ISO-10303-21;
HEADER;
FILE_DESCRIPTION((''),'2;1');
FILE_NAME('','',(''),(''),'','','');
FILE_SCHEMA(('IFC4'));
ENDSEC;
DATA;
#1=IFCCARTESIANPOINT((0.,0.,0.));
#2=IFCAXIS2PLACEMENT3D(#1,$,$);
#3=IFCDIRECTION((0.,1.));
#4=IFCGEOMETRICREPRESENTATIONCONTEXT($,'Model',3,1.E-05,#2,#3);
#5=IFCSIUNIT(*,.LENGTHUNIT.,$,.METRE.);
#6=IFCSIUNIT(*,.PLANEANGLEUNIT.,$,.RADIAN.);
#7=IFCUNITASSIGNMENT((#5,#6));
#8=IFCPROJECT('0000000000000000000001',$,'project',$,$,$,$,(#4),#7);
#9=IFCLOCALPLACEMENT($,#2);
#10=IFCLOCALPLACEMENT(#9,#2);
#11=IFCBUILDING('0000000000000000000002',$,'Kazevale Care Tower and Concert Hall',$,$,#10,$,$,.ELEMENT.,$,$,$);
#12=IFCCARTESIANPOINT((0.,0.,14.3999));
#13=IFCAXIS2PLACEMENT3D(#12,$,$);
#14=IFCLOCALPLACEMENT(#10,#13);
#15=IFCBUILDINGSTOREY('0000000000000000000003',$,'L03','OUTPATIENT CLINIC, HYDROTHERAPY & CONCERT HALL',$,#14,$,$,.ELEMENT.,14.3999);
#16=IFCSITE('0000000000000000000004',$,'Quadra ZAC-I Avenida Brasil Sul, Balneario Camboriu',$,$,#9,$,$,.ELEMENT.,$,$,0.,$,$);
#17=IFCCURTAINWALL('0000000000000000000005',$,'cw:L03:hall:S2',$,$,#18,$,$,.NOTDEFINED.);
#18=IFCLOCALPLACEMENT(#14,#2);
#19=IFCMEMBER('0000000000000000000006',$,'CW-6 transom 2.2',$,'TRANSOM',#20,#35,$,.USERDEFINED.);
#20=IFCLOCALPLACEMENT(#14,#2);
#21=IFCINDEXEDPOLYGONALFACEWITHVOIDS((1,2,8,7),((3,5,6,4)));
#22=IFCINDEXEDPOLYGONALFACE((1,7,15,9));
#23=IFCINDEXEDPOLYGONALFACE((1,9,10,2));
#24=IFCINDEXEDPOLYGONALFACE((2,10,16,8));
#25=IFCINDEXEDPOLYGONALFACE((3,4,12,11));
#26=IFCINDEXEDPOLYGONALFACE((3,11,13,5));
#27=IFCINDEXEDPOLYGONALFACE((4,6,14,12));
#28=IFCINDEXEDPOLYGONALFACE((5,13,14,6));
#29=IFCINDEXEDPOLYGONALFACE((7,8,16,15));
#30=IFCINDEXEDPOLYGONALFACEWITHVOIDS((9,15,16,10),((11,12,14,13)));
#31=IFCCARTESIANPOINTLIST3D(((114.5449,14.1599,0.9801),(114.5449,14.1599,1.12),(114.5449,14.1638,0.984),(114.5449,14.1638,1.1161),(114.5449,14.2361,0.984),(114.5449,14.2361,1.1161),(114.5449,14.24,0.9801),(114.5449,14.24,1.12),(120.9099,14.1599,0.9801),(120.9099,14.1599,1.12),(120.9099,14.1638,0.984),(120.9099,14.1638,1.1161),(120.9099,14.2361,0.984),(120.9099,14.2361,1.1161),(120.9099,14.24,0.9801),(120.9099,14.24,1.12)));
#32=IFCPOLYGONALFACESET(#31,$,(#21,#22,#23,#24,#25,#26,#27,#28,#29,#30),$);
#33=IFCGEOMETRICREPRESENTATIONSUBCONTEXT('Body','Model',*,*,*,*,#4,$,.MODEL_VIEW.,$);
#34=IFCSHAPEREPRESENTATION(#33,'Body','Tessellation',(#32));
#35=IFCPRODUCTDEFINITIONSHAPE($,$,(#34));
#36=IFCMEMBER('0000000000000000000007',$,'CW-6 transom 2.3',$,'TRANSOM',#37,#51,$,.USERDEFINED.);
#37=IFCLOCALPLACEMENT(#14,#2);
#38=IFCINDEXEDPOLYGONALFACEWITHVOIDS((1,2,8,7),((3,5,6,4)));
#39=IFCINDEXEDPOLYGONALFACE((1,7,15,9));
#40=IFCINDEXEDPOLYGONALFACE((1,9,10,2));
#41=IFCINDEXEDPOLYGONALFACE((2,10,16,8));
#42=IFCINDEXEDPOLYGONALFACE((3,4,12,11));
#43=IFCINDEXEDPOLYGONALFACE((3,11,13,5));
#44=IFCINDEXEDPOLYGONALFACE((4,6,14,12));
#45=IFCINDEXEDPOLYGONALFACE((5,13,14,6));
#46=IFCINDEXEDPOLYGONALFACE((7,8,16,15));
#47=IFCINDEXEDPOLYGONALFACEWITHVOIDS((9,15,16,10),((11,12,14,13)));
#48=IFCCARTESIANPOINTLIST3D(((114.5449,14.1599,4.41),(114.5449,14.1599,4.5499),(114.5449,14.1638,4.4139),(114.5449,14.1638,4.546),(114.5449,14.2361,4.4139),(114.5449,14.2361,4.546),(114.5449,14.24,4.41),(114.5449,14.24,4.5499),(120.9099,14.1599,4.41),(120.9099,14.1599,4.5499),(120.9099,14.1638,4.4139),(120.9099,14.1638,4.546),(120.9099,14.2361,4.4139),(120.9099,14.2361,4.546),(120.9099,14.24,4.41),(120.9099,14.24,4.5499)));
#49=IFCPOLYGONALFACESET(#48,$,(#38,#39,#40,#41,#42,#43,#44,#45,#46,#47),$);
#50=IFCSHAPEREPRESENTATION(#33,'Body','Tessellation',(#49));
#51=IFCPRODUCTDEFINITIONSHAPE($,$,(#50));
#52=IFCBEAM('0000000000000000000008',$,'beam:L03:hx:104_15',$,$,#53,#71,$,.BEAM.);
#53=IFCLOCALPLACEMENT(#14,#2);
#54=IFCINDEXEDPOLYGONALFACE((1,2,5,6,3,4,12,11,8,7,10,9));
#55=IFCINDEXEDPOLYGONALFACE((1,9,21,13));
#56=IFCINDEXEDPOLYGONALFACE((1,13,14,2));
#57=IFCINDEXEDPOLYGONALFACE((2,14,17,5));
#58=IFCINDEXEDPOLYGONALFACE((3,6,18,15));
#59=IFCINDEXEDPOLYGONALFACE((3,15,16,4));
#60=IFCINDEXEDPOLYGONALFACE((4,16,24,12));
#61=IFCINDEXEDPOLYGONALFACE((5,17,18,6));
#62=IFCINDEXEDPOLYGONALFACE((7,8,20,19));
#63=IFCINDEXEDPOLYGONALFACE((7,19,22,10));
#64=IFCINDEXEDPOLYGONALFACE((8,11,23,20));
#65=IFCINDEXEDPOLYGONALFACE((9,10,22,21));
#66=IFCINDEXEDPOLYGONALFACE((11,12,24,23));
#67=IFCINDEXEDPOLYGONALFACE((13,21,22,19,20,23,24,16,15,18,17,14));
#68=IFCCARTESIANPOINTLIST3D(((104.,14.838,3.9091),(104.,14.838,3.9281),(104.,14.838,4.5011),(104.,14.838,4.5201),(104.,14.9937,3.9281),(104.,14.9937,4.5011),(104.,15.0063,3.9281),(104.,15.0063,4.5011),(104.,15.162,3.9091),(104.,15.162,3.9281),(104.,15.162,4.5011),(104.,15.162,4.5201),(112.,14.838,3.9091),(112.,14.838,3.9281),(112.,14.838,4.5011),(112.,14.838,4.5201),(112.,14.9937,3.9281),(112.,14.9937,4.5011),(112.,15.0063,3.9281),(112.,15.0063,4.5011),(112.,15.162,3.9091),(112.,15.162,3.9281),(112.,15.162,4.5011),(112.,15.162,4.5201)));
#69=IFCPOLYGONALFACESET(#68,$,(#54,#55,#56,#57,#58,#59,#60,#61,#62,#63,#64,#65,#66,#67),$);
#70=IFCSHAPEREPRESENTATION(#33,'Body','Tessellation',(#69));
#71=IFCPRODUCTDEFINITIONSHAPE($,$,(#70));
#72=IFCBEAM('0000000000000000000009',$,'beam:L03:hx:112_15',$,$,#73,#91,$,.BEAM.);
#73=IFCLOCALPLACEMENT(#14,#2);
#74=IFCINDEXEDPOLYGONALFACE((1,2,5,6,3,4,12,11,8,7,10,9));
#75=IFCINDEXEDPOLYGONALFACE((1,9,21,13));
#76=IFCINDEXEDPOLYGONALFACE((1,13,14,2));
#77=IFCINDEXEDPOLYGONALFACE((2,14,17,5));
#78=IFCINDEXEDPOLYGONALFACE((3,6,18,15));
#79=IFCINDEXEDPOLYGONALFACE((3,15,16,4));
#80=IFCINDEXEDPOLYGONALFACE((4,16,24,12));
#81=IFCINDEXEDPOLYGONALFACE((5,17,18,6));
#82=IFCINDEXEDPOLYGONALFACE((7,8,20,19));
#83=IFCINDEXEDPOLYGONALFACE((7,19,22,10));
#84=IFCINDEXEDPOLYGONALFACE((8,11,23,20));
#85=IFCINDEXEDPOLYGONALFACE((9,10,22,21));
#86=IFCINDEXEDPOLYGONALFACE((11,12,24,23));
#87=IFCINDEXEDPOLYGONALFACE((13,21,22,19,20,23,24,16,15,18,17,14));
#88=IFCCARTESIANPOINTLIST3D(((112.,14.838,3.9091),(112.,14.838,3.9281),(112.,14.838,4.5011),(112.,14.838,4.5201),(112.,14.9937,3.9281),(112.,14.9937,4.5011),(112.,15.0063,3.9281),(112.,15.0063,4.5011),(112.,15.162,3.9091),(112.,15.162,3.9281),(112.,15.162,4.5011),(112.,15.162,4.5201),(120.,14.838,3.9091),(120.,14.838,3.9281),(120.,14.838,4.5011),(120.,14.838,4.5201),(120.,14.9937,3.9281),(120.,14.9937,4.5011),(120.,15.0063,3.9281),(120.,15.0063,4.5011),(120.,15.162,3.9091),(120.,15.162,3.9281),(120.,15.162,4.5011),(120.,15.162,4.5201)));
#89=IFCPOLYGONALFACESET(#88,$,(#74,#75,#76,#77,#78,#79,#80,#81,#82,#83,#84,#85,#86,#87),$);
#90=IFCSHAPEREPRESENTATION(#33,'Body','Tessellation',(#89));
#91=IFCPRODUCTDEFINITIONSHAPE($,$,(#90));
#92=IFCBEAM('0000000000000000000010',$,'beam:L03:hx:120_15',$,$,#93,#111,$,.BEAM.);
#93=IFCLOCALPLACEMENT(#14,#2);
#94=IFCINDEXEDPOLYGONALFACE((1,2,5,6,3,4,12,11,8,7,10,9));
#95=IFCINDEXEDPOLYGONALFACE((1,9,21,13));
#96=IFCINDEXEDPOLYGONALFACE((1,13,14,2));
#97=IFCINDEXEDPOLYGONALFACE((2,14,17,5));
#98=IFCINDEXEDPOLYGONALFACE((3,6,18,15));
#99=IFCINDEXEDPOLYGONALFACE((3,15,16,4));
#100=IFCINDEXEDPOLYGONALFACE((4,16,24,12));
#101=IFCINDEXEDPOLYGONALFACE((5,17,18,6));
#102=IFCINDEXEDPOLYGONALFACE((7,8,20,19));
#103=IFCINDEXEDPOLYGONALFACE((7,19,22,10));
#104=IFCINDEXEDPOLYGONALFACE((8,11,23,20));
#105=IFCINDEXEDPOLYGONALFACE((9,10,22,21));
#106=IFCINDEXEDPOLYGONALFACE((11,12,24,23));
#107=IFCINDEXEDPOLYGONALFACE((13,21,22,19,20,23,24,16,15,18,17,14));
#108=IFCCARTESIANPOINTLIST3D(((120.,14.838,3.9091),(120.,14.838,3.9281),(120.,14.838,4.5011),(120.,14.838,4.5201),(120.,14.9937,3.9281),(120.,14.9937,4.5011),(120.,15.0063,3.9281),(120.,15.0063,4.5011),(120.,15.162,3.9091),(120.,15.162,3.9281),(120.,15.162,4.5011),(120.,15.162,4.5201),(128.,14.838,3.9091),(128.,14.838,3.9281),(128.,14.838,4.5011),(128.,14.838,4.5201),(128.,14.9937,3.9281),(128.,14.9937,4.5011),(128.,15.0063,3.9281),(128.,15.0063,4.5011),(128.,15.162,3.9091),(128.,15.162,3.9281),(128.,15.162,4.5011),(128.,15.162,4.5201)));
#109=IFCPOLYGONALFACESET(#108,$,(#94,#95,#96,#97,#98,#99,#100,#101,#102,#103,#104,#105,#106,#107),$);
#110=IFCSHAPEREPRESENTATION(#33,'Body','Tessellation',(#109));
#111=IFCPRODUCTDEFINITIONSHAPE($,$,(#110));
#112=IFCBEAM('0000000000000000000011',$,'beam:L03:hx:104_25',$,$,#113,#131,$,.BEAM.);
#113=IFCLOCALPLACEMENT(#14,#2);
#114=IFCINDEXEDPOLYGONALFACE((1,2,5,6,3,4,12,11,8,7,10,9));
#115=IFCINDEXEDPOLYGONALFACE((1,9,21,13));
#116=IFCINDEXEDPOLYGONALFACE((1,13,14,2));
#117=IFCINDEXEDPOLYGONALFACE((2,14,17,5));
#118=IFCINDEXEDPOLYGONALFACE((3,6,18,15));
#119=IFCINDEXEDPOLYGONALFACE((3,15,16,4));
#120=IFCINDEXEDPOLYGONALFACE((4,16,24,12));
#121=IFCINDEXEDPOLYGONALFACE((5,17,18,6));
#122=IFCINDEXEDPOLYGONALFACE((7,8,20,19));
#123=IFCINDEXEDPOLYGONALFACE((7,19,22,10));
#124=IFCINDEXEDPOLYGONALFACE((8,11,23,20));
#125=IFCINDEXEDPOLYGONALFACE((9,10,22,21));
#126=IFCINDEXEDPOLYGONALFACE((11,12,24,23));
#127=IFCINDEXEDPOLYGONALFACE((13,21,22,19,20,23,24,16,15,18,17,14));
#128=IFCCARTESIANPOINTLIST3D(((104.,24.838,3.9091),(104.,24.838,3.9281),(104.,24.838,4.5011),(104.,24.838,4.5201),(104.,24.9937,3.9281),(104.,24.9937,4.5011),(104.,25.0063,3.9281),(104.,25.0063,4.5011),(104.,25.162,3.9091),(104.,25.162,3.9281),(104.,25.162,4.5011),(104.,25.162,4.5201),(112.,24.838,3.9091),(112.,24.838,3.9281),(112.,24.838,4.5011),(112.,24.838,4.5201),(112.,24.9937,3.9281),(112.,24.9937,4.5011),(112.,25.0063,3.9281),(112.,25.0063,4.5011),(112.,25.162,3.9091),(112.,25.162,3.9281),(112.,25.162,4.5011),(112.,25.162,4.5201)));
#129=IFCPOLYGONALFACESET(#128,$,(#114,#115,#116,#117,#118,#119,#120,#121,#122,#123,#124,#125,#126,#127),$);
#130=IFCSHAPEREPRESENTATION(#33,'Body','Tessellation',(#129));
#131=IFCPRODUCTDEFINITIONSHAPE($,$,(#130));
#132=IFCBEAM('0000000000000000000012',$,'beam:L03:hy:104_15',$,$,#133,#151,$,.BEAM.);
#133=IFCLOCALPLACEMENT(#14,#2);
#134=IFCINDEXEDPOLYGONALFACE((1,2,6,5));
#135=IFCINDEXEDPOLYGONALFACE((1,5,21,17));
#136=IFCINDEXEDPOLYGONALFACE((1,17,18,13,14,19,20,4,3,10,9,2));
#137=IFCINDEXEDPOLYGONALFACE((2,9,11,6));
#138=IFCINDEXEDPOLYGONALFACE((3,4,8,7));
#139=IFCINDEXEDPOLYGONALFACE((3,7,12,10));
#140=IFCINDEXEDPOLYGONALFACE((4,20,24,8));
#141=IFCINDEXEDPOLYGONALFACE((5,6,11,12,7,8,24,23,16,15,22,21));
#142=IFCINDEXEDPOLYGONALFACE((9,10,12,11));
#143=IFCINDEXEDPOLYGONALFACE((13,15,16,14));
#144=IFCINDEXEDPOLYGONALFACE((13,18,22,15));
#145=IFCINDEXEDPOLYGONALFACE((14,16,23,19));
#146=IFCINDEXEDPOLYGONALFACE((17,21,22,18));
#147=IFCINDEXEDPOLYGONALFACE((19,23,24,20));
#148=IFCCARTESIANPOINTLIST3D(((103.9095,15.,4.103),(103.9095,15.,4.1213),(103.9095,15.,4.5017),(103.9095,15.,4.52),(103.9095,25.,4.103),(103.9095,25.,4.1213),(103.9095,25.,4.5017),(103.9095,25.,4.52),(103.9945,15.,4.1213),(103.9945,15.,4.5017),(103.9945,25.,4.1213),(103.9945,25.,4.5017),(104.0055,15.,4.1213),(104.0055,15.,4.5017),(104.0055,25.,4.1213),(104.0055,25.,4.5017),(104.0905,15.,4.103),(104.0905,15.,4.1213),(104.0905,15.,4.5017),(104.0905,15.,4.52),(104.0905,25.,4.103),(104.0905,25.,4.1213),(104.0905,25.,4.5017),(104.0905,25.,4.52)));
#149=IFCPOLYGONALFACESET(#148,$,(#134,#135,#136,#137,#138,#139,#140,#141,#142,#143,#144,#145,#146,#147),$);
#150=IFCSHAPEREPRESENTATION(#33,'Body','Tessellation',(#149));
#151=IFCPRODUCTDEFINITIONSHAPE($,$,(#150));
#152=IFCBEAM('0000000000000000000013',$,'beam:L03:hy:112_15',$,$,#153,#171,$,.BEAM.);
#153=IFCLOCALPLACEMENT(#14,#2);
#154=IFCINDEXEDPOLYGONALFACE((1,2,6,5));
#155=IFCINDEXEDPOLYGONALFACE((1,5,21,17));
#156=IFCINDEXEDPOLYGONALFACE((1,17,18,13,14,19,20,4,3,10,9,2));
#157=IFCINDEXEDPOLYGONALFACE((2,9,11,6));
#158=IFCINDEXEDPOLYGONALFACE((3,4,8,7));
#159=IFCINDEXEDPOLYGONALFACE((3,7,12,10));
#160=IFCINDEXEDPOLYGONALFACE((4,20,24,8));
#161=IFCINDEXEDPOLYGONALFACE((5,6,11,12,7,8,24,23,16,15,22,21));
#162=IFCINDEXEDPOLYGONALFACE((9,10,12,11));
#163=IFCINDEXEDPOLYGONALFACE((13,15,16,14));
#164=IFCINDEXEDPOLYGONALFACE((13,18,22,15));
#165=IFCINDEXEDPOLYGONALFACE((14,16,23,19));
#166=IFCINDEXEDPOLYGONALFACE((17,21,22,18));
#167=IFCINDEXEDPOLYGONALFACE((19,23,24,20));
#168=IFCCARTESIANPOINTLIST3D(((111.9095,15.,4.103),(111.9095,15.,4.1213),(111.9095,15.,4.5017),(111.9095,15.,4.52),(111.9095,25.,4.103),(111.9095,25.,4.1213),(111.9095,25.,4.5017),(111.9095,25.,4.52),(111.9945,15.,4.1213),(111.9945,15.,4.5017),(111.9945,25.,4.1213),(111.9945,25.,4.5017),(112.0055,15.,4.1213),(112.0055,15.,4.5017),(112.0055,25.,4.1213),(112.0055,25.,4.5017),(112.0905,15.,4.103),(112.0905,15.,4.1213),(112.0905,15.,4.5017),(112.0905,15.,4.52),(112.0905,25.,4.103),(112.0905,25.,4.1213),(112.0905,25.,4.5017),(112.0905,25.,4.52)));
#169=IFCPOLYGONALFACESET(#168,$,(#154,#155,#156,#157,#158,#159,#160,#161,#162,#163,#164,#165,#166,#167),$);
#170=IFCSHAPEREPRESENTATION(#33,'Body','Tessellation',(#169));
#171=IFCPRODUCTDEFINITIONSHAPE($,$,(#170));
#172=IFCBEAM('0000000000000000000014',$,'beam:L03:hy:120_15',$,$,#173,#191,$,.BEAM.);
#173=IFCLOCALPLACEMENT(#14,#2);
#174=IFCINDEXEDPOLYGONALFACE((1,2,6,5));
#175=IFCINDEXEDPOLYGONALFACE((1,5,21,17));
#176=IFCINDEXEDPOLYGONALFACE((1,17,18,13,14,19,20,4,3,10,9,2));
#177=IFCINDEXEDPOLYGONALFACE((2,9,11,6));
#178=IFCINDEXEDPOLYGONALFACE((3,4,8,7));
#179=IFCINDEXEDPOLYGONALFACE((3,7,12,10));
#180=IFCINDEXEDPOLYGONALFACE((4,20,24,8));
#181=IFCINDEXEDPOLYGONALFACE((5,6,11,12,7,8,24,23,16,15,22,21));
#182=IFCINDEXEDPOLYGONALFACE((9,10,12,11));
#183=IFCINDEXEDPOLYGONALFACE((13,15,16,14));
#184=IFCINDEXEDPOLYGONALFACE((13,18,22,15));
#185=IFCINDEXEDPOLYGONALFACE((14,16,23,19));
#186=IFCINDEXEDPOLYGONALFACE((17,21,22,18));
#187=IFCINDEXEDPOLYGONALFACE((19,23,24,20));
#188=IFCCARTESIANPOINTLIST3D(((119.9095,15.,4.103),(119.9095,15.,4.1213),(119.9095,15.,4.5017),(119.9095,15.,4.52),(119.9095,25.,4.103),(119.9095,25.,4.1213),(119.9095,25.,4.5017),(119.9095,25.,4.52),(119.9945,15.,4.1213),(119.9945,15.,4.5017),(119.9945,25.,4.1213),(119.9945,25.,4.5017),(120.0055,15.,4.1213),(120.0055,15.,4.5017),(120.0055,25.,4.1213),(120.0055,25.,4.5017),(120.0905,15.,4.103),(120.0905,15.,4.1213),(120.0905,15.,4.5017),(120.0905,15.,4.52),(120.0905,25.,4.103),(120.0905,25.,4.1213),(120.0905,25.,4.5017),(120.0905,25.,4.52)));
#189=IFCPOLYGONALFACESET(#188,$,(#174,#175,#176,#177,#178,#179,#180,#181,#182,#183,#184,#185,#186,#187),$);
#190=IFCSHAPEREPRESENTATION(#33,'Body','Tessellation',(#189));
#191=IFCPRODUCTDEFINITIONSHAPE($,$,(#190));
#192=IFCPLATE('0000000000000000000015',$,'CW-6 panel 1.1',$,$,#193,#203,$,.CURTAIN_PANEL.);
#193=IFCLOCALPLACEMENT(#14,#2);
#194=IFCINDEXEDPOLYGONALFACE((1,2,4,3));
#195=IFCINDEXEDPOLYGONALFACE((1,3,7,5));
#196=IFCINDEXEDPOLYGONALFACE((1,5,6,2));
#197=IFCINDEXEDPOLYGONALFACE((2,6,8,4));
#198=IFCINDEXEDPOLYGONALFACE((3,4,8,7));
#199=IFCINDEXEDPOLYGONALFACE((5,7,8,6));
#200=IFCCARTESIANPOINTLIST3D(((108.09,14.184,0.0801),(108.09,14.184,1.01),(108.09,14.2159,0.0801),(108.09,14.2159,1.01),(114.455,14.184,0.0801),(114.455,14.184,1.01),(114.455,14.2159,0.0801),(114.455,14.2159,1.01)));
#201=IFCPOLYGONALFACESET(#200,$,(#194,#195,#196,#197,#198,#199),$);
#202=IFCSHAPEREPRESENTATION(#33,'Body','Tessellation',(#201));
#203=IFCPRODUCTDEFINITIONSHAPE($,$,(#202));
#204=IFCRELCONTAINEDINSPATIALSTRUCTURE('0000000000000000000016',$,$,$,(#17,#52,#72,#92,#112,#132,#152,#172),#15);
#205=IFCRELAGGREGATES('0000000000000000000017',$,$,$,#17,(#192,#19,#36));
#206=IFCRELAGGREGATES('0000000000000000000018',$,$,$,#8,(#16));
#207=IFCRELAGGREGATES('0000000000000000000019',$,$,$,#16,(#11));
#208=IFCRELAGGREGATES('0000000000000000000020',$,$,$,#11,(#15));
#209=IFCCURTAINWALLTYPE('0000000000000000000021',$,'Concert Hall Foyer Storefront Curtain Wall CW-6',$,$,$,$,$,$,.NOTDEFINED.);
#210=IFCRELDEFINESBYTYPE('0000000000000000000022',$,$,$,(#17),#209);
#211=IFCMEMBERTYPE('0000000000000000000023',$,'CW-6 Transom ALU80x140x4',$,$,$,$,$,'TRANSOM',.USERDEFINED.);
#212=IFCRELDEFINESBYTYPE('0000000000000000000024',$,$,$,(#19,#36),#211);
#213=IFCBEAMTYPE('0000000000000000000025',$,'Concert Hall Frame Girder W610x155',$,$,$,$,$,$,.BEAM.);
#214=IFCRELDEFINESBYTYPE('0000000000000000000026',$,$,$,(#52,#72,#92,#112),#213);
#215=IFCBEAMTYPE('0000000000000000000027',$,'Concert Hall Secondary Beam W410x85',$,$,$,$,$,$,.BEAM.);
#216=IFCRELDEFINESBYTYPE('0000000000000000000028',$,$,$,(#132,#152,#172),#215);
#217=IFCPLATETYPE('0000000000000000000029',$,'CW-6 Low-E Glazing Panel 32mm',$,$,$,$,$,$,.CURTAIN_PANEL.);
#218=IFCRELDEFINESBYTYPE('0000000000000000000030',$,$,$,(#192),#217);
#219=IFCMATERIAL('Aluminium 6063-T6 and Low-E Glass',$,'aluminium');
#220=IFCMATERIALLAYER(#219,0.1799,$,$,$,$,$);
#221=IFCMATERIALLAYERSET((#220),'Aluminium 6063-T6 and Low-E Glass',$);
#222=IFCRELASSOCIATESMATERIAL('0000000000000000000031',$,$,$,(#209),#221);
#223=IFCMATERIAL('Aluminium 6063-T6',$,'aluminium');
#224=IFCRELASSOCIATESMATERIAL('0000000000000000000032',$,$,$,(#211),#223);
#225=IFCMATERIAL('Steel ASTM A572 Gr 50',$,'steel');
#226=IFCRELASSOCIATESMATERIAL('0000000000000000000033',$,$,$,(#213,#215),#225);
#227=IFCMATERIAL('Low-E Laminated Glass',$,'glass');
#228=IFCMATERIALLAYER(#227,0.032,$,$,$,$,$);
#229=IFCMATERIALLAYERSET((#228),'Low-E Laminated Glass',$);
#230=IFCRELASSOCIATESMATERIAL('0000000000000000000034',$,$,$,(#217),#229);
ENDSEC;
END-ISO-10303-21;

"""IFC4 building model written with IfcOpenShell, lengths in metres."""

from ifc_helpers import new_model, si_unit, direction, frame, origin, origin_2d, place, context, subcontext, project, spatial, rectangle, hollow_rectangle, i_section, extrude, material, layer, layer_set, material_profile, profile_set, type_object, element, aggregate, save


model = new_model("IFC4")

# Units and contexts
model_context = context("Model", 3, precision=1e-05, world=origin(), true_north=direction((0.0, 1.0)))
body_context = subcontext(model_context, "Body", "Model", "MODEL_VIEW")
ifc_project = project(units=[si_unit("LENGTHUNIT", "METRE"), si_unit("PLANEANGLEUNIT", "RADIAN")], contexts=[model_context])

# Site, building, storey
site_placement = place(None, origin())
site = spatial("IfcSite", under=ifc_project, at=site_placement, Name="Quadra ZAC-I Avenida Brasil Sul, Balneario Camboriu", CompositionType="ELEMENT", RefElevation=0.0)
building_placement = place(site_placement, origin())
building = spatial("IfcBuilding", under=site, at=building_placement, Name="Kazevale Care Tower and Concert Hall", CompositionType="ELEMENT")
storey_placement = place(building_placement, frame((0.0, 0.0, 14.3999)))
storey = spatial("IfcBuildingStorey", under=building, at=storey_placement, Name="L03", Description="OUTPATIENT CLINIC, HYDROTHERAPY & CONCERT HALL", CompositionType="ELEMENT", Elevation=14.3999)

# Curtain wall
ifc_material_1 = material(Name="Aluminium 6063-T6 and Low-E Glass", Category="aluminium")
ifc_layer_1 = layer(ifc_material_1, 0.1799)
ifc_layer_set_1 = layer_set([ifc_layer_1], Name="Aluminium 6063-T6 and Low-E Glass")
curtain_wall_type = type_object("IfcCurtainWallType", Name="Concert Hall Foyer Storefront Curtain Wall CW-6", PredefinedType="NOTDEFINED", material=ifc_layer_set_1)
curtain_wall_1_placement = place(storey_placement, origin())
curtain_wall_1 = element("IfcCurtainWall", 1, at=curtain_wall_1_placement, inside=storey, type_object=curtain_wall_type, Name="cw:L03:hall:S2", PredefinedType="NOTDEFINED")
ifc_material_2 = material(Name="Aluminium 6063-T6", Category="aluminium")

# Members
ifc_material_profile_1 = material_profile(ifc_material_2, hollow_rectangle(XDim=0.0801, YDim=0.1399, WallThickness=0.0039, at=origin_2d()), Name="ALU80x140x4")
ifc_profile_set_1 = profile_set([ifc_material_profile_1], Name="Aluminium 6063-T6")
member_type_1 = type_object("IfcMemberType", Name="CW-6 Transom ALU80x140x4", ElementType="TRANSOM", PredefinedType="USERDEFINED", material=ifc_profile_set_1)
member_1_placement = place(storey_placement, frame((114.5449, 14.2, 1.05), z_axis=(1.0, 0.0, 0.0), x_axis=(0.0, 1.0, 0.0)))
member_1 = element("IfcMember", 2, at=member_1_placement, type_object=member_type_1, Name="CW-6 transom 2.2", ObjectType="TRANSOM", PredefinedType="USERDEFINED", context=body_context, shape_type="SweptSolid", body=[
    extrude(hollow_rectangle(XDim=0.0801, YDim=0.1399, WallThickness=0.0039, at=origin_2d()), origin(), (0.0, 0.0, 1.0), 6.365),
])
member_2_placement = place(storey_placement, frame((114.5449, 14.2, 4.48), z_axis=(1.0, 0.0, 0.0), x_axis=(0.0, 1.0, 0.0)))
member_2 = element("IfcMember", 3, at=member_2_placement, type_object=member_type_1, Name="CW-6 transom 2.3", ObjectType="TRANSOM", PredefinedType="USERDEFINED", context=body_context, shape_type="SweptSolid", body=[
    extrude(hollow_rectangle(XDim=0.0801, YDim=0.1399, WallThickness=0.0039, at=origin_2d()), origin(), (0.0, 0.0, 1.0), 6.365),
])

# Beams
ifc_material_3 = material(Name="Steel ASTM A572 Gr 50", Category="steel")
ifc_material_profile_2 = material_profile(ifc_material_3, i_section(OverallWidth=0.324, OverallDepth=0.6111, WebThickness=0.0127, FlangeThickness=0.019, at=origin_2d()), Name="W610x155")
ifc_profile_set_2 = profile_set([ifc_material_profile_2], Name="Steel ASTM A572 Gr 50")
beam_type_1 = type_object("IfcBeamType", Name="Concert Hall Frame Girder W610x155", PredefinedType="BEAM", material=ifc_profile_set_2)
for number, where, z_axis, x_axis, name in (
    (4, (104.0, 15.0, 4.2146), (1.0, 0.0, 0.0), (0.0, 1.0, 0.0), "beam:L03:hx:104_15"),
    (5, (112.0, 15.0, 4.2146), (1.0, 0.0, 0.0), (0.0, 1.0, 0.0), "beam:L03:hx:112_15"),
    (6, (120.0, 15.0, 4.2146), (1.0, 0.0, 0.0), (0.0, 1.0, 0.0), "beam:L03:hx:120_15"),
    (7, (104.0, 25.0, 4.2146), (1.0, 0.0, 0.0), (0.0, 1.0, 0.0), "beam:L03:hx:104_25"),
):
    element("IfcBeam", number, at=place(storey_placement, frame(where, z_axis=z_axis, x_axis=x_axis)), inside=storey, type_object=beam_type_1, Name=name, PredefinedType="BEAM", context=body_context, shape_type="SweptSolid", body=[
        extrude(i_section(OverallWidth=0.324, OverallDepth=0.6111, WebThickness=0.0127, FlangeThickness=0.019, at=origin_2d()), origin(), (0.0, 0.0, 1.0), 8.0),
    ])
ifc_material_profile_3 = material_profile(ifc_material_3, i_section(OverallWidth=0.1809, OverallDepth=0.417, WebThickness=0.011, FlangeThickness=0.0183, at=origin_2d()), Name="W410x85")
ifc_profile_set_3 = profile_set([ifc_material_profile_3], Name="Steel ASTM A572 Gr 50")
beam_type_2 = type_object("IfcBeamType", Name="Concert Hall Secondary Beam W410x85", PredefinedType="BEAM", material=ifc_profile_set_3)
for number, where, z_axis, x_axis, name in (
    (8, (104.0, 15.0, 4.3115), (0.0, 1.0, 0.0), (-1.0, 0.0, 0.0), "beam:L03:hy:104_15"),
    (9, (112.0, 15.0, 4.3115), (0.0, 1.0, 0.0), (-1.0, 0.0, 0.0), "beam:L03:hy:112_15"),
    (10, (120.0, 15.0, 4.3115), (0.0, 1.0, 0.0), (-1.0, 0.0, 0.0), "beam:L03:hy:120_15"),
):
    element("IfcBeam", number, at=place(storey_placement, frame(where, z_axis=z_axis, x_axis=x_axis)), inside=storey, type_object=beam_type_2, Name=name, PredefinedType="BEAM", context=body_context, shape_type="SweptSolid", body=[
        extrude(i_section(OverallWidth=0.1809, OverallDepth=0.417, WebThickness=0.011, FlangeThickness=0.0183, at=origin_2d()), origin(), (0.0, 0.0, 1.0), 10.0),
    ])

# Plate
ifc_material_4 = material(Name="Low-E Laminated Glass", Category="glass")
ifc_layer_2 = layer(ifc_material_4, 0.032)
ifc_layer_set_2 = layer_set([ifc_layer_2], Name="Low-E Laminated Glass")
plate_type = type_object("IfcPlateType", Name="CW-6 Low-E Glazing Panel 32mm", PredefinedType="CURTAIN_PANEL", material=ifc_layer_set_2)
plate_1_placement = place(storey_placement, frame((111.2725, 14.2, 0.0801), z_axis=(0.0, 0.0, 1.0), x_axis=(1.0, 0.0, 0.0)))
plate_1 = element("IfcPlate", 11, at=plate_1_placement, type_object=plate_type, Name="CW-6 panel 1.1", PredefinedType="CURTAIN_PANEL", context=body_context, shape_type="SweptSolid", body=[
    extrude(rectangle(XDim=6.365, YDim=0.032, at=origin_2d()), origin(), (0.0, 0.0, 1.0), 0.9299),
])
aggregate(curtain_wall_1, [plate_1, member_1, member_2])

save(model, "model.ifc")
